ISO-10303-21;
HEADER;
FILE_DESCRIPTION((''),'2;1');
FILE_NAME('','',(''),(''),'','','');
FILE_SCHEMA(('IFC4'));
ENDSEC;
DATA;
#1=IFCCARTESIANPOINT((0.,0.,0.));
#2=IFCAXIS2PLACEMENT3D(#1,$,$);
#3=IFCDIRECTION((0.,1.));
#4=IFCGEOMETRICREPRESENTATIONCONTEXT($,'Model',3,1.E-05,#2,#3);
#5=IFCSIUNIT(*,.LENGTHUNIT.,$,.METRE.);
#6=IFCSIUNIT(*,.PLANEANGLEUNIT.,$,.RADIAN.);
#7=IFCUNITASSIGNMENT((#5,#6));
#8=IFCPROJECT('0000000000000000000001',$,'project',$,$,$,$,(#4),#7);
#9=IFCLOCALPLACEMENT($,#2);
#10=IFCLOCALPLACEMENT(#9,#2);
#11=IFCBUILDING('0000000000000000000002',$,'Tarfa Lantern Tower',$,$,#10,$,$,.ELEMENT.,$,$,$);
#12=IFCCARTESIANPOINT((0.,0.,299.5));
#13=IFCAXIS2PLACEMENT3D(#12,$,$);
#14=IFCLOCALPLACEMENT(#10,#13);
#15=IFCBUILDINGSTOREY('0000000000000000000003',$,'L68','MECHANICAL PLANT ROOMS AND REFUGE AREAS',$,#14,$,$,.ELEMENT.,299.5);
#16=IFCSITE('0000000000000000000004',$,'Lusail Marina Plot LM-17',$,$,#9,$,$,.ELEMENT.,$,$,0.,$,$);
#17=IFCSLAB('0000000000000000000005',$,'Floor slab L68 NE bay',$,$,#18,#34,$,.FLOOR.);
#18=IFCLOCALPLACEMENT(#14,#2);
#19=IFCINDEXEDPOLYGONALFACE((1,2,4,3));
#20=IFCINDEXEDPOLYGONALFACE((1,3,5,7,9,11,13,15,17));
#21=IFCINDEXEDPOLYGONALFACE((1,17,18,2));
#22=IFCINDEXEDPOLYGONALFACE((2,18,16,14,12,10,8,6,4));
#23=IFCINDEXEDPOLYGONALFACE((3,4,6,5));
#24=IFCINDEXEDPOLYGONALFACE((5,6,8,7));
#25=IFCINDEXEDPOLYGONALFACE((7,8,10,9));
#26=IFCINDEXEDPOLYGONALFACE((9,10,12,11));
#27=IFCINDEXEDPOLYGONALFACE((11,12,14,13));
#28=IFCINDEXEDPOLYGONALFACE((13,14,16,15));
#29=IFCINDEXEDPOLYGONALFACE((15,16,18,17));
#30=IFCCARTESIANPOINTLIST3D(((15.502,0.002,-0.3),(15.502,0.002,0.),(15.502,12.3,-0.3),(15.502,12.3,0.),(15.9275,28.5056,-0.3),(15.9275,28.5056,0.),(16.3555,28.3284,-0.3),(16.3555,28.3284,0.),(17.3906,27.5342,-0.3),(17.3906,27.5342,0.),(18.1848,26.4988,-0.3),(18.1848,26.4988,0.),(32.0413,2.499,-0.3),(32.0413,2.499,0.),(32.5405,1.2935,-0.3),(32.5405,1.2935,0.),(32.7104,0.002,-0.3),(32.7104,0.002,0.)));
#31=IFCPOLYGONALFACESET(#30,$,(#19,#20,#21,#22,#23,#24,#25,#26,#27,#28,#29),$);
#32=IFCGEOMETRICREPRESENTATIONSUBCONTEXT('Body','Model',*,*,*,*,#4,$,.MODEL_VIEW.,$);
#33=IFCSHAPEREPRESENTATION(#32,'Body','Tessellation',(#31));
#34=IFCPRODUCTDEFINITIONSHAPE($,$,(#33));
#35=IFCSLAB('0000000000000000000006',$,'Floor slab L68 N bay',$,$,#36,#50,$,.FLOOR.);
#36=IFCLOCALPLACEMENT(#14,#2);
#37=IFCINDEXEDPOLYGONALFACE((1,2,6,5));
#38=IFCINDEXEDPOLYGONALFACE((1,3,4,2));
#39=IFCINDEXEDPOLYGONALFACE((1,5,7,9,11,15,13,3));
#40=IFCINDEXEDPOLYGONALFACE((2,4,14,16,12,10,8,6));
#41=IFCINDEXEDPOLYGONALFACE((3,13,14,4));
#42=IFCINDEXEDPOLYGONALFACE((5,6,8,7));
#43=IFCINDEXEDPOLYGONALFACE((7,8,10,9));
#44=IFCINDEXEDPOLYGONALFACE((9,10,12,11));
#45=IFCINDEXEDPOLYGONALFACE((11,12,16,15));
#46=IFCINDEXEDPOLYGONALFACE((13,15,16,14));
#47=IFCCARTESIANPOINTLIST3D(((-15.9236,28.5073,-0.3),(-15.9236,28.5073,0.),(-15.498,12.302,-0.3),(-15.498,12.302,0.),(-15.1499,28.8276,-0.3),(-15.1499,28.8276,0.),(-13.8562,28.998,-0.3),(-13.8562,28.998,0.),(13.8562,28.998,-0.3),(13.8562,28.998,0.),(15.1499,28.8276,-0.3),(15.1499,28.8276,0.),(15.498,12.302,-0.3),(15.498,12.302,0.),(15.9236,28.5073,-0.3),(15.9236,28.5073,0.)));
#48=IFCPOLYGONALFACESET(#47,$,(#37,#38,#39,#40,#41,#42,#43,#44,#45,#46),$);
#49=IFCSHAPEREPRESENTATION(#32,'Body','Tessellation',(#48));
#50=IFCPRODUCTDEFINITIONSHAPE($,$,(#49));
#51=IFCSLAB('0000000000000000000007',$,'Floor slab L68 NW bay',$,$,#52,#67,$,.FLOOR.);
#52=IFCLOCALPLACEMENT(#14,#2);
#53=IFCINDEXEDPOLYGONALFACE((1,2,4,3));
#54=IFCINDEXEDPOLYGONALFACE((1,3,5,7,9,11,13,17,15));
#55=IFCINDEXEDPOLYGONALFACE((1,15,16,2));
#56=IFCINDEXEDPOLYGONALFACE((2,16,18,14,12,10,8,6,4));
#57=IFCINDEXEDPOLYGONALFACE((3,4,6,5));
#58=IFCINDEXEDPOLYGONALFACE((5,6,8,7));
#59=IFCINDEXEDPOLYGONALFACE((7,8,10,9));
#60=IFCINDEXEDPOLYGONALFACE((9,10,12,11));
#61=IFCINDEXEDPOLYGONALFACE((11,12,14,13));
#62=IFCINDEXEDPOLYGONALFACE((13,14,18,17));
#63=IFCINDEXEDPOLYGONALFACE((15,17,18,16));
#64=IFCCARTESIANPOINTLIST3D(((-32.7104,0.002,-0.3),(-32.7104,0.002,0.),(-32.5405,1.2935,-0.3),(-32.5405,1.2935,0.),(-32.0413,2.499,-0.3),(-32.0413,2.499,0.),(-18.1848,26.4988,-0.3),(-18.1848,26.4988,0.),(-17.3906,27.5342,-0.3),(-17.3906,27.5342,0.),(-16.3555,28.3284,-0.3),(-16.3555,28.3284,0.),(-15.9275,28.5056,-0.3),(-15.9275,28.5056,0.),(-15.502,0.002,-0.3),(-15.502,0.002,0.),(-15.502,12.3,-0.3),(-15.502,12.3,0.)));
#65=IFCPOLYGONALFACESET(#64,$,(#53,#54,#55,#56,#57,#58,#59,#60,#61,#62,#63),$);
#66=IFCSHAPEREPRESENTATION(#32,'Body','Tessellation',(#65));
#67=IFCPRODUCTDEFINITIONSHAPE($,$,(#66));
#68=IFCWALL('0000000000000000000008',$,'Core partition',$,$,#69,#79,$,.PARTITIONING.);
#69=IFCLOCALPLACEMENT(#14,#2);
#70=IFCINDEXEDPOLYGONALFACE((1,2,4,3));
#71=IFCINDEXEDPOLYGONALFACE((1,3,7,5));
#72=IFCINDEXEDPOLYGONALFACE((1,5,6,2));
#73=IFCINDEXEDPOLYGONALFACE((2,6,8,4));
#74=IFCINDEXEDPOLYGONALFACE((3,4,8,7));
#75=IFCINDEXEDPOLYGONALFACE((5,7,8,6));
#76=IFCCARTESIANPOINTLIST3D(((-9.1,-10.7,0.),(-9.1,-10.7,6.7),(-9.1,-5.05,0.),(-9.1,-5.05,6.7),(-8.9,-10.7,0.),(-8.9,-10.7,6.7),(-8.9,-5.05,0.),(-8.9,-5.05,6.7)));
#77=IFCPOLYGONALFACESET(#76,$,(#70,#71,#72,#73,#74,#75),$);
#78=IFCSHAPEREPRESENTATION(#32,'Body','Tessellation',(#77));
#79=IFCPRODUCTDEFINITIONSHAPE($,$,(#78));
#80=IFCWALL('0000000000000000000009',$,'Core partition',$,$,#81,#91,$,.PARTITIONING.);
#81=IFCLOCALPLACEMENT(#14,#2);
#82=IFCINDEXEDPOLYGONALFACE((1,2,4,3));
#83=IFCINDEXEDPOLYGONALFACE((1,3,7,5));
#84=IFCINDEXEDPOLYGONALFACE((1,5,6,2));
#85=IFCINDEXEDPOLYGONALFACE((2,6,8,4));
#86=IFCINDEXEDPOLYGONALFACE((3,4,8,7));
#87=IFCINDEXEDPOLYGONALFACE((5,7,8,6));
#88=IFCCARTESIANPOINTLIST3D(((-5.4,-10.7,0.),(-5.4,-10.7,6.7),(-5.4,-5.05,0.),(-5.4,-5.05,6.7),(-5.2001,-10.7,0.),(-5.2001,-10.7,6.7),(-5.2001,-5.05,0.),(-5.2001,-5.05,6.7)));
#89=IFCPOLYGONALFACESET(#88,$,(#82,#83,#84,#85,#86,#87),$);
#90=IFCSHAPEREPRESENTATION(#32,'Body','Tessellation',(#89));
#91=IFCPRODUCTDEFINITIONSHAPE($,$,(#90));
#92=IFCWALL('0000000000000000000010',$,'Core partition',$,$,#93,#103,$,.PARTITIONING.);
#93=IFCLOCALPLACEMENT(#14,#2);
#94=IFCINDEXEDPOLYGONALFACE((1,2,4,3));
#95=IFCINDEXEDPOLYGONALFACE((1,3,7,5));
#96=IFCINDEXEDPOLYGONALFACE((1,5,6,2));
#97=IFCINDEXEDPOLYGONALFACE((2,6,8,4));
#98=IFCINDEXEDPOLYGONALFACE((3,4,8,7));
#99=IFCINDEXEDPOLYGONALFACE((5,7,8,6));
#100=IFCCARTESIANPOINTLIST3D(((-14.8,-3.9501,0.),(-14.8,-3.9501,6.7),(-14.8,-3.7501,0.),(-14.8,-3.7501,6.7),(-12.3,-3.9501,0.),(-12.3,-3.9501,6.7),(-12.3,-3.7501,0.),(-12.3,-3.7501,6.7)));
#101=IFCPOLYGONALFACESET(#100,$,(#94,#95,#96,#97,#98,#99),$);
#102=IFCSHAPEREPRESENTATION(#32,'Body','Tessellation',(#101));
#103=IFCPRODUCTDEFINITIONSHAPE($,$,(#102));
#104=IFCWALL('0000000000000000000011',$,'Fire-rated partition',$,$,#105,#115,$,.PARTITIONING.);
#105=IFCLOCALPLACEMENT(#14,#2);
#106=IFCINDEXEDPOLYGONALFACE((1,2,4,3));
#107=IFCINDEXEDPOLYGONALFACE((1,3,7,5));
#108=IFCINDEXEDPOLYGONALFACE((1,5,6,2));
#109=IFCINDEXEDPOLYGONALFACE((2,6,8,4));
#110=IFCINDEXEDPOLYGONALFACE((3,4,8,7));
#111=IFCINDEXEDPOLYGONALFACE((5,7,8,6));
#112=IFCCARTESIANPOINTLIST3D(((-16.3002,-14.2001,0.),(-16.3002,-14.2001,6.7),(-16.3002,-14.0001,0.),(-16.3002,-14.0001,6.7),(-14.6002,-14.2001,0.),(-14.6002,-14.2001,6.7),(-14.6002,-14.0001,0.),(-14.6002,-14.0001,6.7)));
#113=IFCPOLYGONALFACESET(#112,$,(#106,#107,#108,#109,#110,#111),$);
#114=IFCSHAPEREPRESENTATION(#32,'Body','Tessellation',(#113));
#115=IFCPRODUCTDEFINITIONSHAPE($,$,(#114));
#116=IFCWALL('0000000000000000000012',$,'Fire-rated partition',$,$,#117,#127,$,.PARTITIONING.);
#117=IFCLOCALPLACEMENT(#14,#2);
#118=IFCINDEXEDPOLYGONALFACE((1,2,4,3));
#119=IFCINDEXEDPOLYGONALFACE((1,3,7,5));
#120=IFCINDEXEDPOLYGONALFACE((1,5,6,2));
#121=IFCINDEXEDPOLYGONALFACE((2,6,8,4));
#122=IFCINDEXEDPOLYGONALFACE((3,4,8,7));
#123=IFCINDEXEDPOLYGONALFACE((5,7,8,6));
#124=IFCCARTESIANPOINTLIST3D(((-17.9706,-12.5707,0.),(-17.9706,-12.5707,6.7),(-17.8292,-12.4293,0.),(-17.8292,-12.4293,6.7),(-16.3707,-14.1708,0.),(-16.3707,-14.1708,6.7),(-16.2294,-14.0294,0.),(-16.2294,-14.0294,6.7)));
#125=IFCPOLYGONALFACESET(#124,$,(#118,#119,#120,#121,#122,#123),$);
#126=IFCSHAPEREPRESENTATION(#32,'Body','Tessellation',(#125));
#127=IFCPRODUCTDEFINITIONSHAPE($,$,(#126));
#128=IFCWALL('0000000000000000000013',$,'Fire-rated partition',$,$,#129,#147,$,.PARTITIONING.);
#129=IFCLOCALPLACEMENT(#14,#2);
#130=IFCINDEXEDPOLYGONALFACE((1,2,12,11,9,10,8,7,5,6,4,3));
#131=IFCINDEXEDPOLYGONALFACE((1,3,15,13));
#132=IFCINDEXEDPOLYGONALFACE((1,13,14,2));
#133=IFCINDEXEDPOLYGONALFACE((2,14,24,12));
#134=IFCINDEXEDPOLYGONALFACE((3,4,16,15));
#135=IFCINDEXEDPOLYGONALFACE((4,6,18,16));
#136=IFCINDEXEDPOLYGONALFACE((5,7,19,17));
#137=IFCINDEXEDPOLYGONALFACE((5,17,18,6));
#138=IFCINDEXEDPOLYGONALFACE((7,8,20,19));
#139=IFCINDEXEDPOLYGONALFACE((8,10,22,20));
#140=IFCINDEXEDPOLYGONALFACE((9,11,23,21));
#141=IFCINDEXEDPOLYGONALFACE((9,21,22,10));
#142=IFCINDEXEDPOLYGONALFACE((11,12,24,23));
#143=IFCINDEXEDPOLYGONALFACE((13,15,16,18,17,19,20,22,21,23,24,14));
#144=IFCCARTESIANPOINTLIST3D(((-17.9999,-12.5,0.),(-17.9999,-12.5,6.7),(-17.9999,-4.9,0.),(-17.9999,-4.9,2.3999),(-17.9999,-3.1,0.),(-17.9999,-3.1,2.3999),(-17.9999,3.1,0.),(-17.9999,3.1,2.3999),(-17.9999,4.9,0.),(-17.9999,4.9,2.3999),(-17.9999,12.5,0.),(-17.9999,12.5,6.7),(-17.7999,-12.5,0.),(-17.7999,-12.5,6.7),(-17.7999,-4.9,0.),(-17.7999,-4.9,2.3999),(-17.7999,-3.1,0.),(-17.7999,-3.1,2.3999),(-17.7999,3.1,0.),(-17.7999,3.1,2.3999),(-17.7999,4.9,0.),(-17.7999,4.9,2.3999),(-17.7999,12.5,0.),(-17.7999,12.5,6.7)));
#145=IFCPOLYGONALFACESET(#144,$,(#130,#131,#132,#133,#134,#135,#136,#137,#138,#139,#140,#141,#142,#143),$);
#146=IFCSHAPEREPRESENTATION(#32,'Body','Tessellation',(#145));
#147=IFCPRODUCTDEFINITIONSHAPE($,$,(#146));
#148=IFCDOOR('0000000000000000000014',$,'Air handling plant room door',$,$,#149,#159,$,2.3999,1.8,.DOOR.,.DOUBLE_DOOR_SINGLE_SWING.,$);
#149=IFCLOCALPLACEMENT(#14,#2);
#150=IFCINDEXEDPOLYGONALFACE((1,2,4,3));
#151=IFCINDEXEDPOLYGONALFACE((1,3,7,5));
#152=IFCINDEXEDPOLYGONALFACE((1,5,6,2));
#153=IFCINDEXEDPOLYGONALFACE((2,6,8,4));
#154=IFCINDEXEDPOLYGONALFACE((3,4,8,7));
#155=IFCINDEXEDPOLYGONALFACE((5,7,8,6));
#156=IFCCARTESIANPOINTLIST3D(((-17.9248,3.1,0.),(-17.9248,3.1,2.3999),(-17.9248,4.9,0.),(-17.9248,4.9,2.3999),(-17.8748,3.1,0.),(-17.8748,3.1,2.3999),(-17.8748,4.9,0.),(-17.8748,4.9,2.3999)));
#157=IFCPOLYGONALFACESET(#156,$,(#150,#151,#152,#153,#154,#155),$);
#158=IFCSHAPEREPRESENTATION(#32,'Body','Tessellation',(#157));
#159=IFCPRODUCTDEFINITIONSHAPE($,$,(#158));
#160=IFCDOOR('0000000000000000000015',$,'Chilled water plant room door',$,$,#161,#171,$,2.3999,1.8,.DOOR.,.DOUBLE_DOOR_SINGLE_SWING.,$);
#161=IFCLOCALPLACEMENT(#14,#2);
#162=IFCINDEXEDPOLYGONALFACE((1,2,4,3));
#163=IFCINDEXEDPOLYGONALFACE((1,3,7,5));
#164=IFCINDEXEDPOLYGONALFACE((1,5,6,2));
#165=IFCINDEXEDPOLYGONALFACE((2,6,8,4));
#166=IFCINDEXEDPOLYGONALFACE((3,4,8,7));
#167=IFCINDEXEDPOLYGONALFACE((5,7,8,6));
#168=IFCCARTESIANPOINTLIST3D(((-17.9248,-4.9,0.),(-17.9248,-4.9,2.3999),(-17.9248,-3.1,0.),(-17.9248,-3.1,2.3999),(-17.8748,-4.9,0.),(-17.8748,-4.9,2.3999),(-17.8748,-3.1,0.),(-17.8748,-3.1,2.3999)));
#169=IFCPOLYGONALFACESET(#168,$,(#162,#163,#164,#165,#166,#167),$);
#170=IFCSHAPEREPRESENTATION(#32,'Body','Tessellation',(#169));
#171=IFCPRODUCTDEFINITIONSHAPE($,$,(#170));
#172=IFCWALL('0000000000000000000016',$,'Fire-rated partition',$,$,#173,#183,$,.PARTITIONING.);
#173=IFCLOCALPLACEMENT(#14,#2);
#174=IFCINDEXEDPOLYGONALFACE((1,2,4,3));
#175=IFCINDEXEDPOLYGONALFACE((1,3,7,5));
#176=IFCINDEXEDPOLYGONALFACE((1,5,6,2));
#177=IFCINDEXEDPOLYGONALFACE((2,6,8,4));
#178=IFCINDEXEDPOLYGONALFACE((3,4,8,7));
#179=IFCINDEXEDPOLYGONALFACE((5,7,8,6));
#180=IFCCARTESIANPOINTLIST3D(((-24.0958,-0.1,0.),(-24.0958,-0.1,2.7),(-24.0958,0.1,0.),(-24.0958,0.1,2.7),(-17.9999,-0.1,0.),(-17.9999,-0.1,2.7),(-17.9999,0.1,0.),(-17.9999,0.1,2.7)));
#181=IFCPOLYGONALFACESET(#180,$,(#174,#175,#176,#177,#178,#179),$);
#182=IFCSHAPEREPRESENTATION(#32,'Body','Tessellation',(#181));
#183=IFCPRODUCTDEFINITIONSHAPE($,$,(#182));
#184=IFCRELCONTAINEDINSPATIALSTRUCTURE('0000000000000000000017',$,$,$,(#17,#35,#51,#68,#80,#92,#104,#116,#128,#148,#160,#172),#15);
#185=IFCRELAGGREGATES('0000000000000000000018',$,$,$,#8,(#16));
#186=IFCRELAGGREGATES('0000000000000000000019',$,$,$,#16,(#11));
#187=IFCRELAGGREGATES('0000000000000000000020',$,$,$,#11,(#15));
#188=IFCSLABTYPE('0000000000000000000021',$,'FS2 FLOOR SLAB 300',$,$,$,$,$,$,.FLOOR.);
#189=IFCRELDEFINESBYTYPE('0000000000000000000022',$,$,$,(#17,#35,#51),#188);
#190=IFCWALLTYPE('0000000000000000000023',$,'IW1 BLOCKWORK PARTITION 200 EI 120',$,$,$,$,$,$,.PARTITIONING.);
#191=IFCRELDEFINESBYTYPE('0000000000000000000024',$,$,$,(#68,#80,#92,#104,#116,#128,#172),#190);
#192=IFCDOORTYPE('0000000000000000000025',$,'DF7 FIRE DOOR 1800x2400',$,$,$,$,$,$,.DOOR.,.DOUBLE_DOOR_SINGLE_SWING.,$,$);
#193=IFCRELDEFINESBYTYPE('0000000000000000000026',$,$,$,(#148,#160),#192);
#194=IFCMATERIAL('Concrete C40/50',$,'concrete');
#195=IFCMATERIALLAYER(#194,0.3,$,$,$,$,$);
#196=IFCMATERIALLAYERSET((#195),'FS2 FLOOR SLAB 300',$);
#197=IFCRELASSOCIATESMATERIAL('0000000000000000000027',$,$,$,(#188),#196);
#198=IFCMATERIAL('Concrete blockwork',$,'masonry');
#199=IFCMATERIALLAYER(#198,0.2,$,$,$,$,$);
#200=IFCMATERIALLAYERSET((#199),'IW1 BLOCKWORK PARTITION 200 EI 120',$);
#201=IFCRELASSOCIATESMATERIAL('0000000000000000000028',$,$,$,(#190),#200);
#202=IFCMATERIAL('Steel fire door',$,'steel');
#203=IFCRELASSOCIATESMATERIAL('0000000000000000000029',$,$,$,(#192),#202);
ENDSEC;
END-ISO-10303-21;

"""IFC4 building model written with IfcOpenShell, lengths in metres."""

from ifc_helpers import new_model, si_unit, direction, frame, frame_2d, origin, place, context, subcontext, project, spatial, polyline, rectangle, outline, extrude, material, layer, layer_set, type_object, element, fill, save


model = new_model("IFC4")

# Units and contexts
model_context = context("Model", 3, precision=1e-05, world=origin(), true_north=direction((0.0, 1.0)))
body_context = subcontext(model_context, "Body", "Model", "MODEL_VIEW")
ifc_project = project(units=[si_unit("LENGTHUNIT", "METRE"), si_unit("PLANEANGLEUNIT", "RADIAN")], contexts=[model_context])

# Site, building, storey
site_placement = place(None, origin())
site = spatial("IfcSite", under=ifc_project, at=site_placement, Name="Lusail Marina Plot LM-17", CompositionType="ELEMENT", RefElevation=0.0)
building_placement = place(site_placement, origin())
building = spatial("IfcBuilding", under=site, at=building_placement, Name="Tarfa Lantern Tower", CompositionType="ELEMENT")
storey_placement = place(building_placement, frame((0.0, 0.0, 299.5)))
storey = spatial("IfcBuildingStorey", under=building, at=storey_placement, Name="L68", Description="MECHANICAL PLANT ROOMS AND REFUGE AREAS", CompositionType="ELEMENT", Elevation=299.5)

# Slabs
ifc_material_1 = material(Name="Concrete C40/50", Category="concrete")
ifc_layer_1 = layer(ifc_material_1, 0.3)
ifc_layer_set_1 = layer_set([ifc_layer_1], Name="FS2 FLOOR SLAB 300")
slab_type = type_object("IfcSlabType", Name="FS2 FLOOR SLAB 300", PredefinedType="FLOOR", material=ifc_layer_set_1)
slab_1_placement = place(storey_placement, frame((0.0, 0.0, -0.3)))
element("IfcSlab", 1, at=slab_1_placement, inside=storey, type_object=slab_type, Name="Floor slab L68 NE bay", PredefinedType="FLOOR", context=body_context, shape_type="SweptSolid", body=[
    extrude(outline(polyline([(32.0413, 2.499), (18.1848, 26.4988), (17.3906, 27.5342), (16.3555, 28.3284), (15.9275, 28.5056), (15.502, 12.3), (15.502, 0.002), (32.7104, 0.002), (32.5405, 1.2935), (32.0413, 2.499)])), origin(), (0.0, 0.0, 1.0), 0.3),
])
slab_2_placement = place(storey_placement, frame((0.0, 0.0, -0.3)))
element("IfcSlab", 2, at=slab_2_placement, inside=storey, type_object=slab_type, Name="Floor slab L68 N bay", PredefinedType="FLOOR", context=body_context, shape_type="SweptSolid", body=[
    extrude(outline(polyline([(-15.498, 12.302), (15.498, 12.302), (15.9236, 28.5073), (15.1499, 28.8276), (13.8562, 28.998), (-13.8562, 28.998), (-15.1499, 28.8276), (-15.9236, 28.5073), (-15.498, 12.302)])), origin(), (0.0, 0.0, 1.0), 0.3),
])
slab_3_placement = place(storey_placement, frame((0.0, 0.0, -0.3)))
element("IfcSlab", 3, at=slab_3_placement, inside=storey, type_object=slab_type, Name="Floor slab L68 NW bay", PredefinedType="FLOOR", context=body_context, shape_type="SweptSolid", body=[
    extrude(outline(polyline([(-15.502, 0.002), (-15.502, 12.3), (-15.9275, 28.5056), (-16.3555, 28.3284), (-17.3906, 27.5342), (-18.1848, 26.4988), (-32.0413, 2.499), (-32.5405, 1.2935), (-32.7104, 0.002), (-15.502, 0.002)])), origin(), (0.0, 0.0, 1.0), 0.3),
])

# Walls
ifc_material_2 = material(Name="Concrete blockwork", Category="masonry")
ifc_layer_2 = layer(ifc_material_2, 0.2)
ifc_layer_set_2 = layer_set([ifc_layer_2], Name="IW1 BLOCKWORK PARTITION 200 EI 120")
wall_type_1 = type_object("IfcWallType", Name="IW1 BLOCKWORK PARTITION 200 EI 120", PredefinedType="PARTITIONING", material=ifc_layer_set_2)
for number, where, z_axis, x_axis, name in (
    (4, (-9.0, -5.05, 0.0), (0.0, 0.0, 1.0), (0.0, -1.0, 0.0), "Core partition"),
    (5, (-5.3, -5.05, 0.0), (0.0, 0.0, 1.0), (0.0, -1.0, 0.0), "Core partition"),
):
    element("IfcWall", number, at=place(storey_placement, frame(where, z_axis=z_axis, x_axis=x_axis)), inside=storey, type_object=wall_type_1, Name=name, PredefinedType="PARTITIONING", context=body_context, shape_type="SweptSolid", body=[
        extrude(rectangle(XDim=5.6499, YDim=0.2, at=frame_2d((2.825, 0.0))), origin(), (0.0, 0.0, 1.0), 6.7),
    ])
wall_1_placement = place(storey_placement, frame((-12.3, -3.8501, 0.0), z_axis=(0.0, 0.0, 1.0), x_axis=(-1.0, 0.0, 0.0)))
element("IfcWall", 6, at=wall_1_placement, inside=storey, type_object=wall_type_1, Name="Core partition", PredefinedType="PARTITIONING", context=body_context, shape_type="SweptSolid", body=[
    extrude(rectangle(XDim=2.5, YDim=0.2, at=frame_2d((1.25, 0.0))), origin(), (0.0, 0.0, 1.0), 6.7),
])
wall_2_placement = place(storey_placement, frame((-14.6001, -14.1001, 0.0), z_axis=(0.0, 0.0, 1.0), x_axis=(-1.0, 0.0, 0.0)))
element("IfcWall", 7, at=wall_2_placement, inside=storey, type_object=wall_type_1, Name="Fire-rated partition", PredefinedType="PARTITIONING", context=body_context, shape_type="SweptSolid", body=[
    extrude(rectangle(XDim=1.7, YDim=0.2, at=frame_2d((0.8501, 0.0))), origin(), (0.0, 0.0, 1.0), 6.7),
])
wall_3_placement = place(storey_placement, frame((-16.3, -14.1001, 0.0), z_axis=(0.0, 0.0, 1.0), x_axis=(-0.707053, 0.707161, 0.0)))
element("IfcWall", 8, at=wall_3_placement, inside=storey, type_object=wall_type_1, Name="Fire-rated partition", PredefinedType="PARTITIONING", context=body_context, shape_type="SweptSolid", body=[
    extrude(rectangle(XDim=2.2627, YDim=0.2, at=frame_2d((1.1313, 0.0))), origin(), (0.0, 0.0, 1.0), 6.7),
])

# Wall, openings, doors
wall_4_placement = place(storey_placement, frame((-17.8999, -12.5, 0.0), z_axis=(0.0, 0.0, 1.0), x_axis=(0.0, 1.0, 0.0)))
wall_4 = element("IfcWall", 9, at=wall_4_placement, inside=storey, type_object=wall_type_1, Name="Fire-rated partition", PredefinedType="PARTITIONING", context=body_context, shape_type="SweptSolid", body=[
    extrude(rectangle(XDim=25.0, YDim=0.2, at=frame_2d((12.5, 0.0))), origin(), (0.0, 0.0, 1.0), 6.7),
])
opening_1_placement = place(wall_4_placement, frame((15.6001, 0.0, 0.0)))
opening_1 = element("IfcOpeningElement", 10, at=opening_1_placement, cuts=wall_4, PredefinedType="OPENING", context=body_context, shape_type="SweptSolid", body=[
    extrude(rectangle(XDim=1.8, YDim=2.3999, at=frame_2d((0.8999, 1.2))), frame((0.0, 0.1099, 0.0), z_axis=(0.0, -1.0, 0.0), x_axis=(1.0, 0.0, 0.0)), (0.0, 0.0, 1.0), 0.22),
])
opening_2_placement = place(wall_4_placement, frame((7.6001, 0.0, 0.0)))
opening_2 = element("IfcOpeningElement", 11, at=opening_2_placement, cuts=wall_4, PredefinedType="OPENING", context=body_context, shape_type="SweptSolid", body=[
    extrude(rectangle(XDim=1.8, YDim=2.3999, at=frame_2d((0.8999, 1.2))), frame((0.0, 0.1099, 0.0), z_axis=(0.0, -1.0, 0.0), x_axis=(1.0, 0.0, 0.0)), (0.0, 0.0, 1.0), 0.22),
])
ifc_material_3 = material(Name="Steel fire door", Category="steel")
door_type_1 = type_object("IfcDoorType", Name="DF7 FIRE DOOR 1800x2400", OperationType="DOUBLE_DOOR_SINGLE_SWING", PredefinedType="DOOR", material=ifc_material_3)
door_1_placement = place(opening_1_placement, origin())
door_1 = element("IfcDoor", 12, at=door_1_placement, inside=storey, type_object=door_type_1, Name="Air handling plant room door", OperationType="DOUBLE_DOOR_SINGLE_SWING", OverallHeight=2.3999, OverallWidth=1.8, PredefinedType="DOOR", context=body_context, shape_type="SweptSolid", body=[
    extrude(rectangle(XDim=1.8, YDim=2.3999, at=frame_2d((0.8999, 1.2))), frame((0.0, 0.0249, 0.0), z_axis=(0.0, -1.0, 0.0), x_axis=(1.0, 0.0, 0.0)), (0.0, 0.0, 1.0), 0.05),
])
fill(opening_1, door_1)
door_2_placement = place(opening_2_placement, origin())
door_2 = element("IfcDoor", 13, at=door_2_placement, inside=storey, type_object=door_type_1, Name="Chilled water plant room door", OperationType="DOUBLE_DOOR_SINGLE_SWING", OverallHeight=2.3999, OverallWidth=1.8, PredefinedType="DOOR", context=body_context, shape_type="SweptSolid", body=[
    extrude(rectangle(XDim=1.8, YDim=2.3999, at=frame_2d((0.8999, 1.2))), frame((0.0, 0.0249, 0.0), z_axis=(0.0, -1.0, 0.0), x_axis=(1.0, 0.0, 0.0)), (0.0, 0.0, 1.0), 0.05),
])
fill(opening_2, door_2)

# Wall
wall_5_placement = place(storey_placement, frame((-18.0, 0.0, 0.0), z_axis=(0.0, 0.0, 1.0), x_axis=(-1.0, 0.0, 0.0)))
element("IfcWall", 14, at=wall_5_placement, inside=storey, type_object=wall_type_1, Name="Fire-rated partition", PredefinedType="PARTITIONING", context=body_context, shape_type="SweptSolid", body=[
    extrude(rectangle(XDim=6.0959, YDim=0.2, at=frame_2d((3.0479, 0.0))), origin(), (0.0, 0.0, 1.0), 2.7),
])

save(model, "model.ifc")
